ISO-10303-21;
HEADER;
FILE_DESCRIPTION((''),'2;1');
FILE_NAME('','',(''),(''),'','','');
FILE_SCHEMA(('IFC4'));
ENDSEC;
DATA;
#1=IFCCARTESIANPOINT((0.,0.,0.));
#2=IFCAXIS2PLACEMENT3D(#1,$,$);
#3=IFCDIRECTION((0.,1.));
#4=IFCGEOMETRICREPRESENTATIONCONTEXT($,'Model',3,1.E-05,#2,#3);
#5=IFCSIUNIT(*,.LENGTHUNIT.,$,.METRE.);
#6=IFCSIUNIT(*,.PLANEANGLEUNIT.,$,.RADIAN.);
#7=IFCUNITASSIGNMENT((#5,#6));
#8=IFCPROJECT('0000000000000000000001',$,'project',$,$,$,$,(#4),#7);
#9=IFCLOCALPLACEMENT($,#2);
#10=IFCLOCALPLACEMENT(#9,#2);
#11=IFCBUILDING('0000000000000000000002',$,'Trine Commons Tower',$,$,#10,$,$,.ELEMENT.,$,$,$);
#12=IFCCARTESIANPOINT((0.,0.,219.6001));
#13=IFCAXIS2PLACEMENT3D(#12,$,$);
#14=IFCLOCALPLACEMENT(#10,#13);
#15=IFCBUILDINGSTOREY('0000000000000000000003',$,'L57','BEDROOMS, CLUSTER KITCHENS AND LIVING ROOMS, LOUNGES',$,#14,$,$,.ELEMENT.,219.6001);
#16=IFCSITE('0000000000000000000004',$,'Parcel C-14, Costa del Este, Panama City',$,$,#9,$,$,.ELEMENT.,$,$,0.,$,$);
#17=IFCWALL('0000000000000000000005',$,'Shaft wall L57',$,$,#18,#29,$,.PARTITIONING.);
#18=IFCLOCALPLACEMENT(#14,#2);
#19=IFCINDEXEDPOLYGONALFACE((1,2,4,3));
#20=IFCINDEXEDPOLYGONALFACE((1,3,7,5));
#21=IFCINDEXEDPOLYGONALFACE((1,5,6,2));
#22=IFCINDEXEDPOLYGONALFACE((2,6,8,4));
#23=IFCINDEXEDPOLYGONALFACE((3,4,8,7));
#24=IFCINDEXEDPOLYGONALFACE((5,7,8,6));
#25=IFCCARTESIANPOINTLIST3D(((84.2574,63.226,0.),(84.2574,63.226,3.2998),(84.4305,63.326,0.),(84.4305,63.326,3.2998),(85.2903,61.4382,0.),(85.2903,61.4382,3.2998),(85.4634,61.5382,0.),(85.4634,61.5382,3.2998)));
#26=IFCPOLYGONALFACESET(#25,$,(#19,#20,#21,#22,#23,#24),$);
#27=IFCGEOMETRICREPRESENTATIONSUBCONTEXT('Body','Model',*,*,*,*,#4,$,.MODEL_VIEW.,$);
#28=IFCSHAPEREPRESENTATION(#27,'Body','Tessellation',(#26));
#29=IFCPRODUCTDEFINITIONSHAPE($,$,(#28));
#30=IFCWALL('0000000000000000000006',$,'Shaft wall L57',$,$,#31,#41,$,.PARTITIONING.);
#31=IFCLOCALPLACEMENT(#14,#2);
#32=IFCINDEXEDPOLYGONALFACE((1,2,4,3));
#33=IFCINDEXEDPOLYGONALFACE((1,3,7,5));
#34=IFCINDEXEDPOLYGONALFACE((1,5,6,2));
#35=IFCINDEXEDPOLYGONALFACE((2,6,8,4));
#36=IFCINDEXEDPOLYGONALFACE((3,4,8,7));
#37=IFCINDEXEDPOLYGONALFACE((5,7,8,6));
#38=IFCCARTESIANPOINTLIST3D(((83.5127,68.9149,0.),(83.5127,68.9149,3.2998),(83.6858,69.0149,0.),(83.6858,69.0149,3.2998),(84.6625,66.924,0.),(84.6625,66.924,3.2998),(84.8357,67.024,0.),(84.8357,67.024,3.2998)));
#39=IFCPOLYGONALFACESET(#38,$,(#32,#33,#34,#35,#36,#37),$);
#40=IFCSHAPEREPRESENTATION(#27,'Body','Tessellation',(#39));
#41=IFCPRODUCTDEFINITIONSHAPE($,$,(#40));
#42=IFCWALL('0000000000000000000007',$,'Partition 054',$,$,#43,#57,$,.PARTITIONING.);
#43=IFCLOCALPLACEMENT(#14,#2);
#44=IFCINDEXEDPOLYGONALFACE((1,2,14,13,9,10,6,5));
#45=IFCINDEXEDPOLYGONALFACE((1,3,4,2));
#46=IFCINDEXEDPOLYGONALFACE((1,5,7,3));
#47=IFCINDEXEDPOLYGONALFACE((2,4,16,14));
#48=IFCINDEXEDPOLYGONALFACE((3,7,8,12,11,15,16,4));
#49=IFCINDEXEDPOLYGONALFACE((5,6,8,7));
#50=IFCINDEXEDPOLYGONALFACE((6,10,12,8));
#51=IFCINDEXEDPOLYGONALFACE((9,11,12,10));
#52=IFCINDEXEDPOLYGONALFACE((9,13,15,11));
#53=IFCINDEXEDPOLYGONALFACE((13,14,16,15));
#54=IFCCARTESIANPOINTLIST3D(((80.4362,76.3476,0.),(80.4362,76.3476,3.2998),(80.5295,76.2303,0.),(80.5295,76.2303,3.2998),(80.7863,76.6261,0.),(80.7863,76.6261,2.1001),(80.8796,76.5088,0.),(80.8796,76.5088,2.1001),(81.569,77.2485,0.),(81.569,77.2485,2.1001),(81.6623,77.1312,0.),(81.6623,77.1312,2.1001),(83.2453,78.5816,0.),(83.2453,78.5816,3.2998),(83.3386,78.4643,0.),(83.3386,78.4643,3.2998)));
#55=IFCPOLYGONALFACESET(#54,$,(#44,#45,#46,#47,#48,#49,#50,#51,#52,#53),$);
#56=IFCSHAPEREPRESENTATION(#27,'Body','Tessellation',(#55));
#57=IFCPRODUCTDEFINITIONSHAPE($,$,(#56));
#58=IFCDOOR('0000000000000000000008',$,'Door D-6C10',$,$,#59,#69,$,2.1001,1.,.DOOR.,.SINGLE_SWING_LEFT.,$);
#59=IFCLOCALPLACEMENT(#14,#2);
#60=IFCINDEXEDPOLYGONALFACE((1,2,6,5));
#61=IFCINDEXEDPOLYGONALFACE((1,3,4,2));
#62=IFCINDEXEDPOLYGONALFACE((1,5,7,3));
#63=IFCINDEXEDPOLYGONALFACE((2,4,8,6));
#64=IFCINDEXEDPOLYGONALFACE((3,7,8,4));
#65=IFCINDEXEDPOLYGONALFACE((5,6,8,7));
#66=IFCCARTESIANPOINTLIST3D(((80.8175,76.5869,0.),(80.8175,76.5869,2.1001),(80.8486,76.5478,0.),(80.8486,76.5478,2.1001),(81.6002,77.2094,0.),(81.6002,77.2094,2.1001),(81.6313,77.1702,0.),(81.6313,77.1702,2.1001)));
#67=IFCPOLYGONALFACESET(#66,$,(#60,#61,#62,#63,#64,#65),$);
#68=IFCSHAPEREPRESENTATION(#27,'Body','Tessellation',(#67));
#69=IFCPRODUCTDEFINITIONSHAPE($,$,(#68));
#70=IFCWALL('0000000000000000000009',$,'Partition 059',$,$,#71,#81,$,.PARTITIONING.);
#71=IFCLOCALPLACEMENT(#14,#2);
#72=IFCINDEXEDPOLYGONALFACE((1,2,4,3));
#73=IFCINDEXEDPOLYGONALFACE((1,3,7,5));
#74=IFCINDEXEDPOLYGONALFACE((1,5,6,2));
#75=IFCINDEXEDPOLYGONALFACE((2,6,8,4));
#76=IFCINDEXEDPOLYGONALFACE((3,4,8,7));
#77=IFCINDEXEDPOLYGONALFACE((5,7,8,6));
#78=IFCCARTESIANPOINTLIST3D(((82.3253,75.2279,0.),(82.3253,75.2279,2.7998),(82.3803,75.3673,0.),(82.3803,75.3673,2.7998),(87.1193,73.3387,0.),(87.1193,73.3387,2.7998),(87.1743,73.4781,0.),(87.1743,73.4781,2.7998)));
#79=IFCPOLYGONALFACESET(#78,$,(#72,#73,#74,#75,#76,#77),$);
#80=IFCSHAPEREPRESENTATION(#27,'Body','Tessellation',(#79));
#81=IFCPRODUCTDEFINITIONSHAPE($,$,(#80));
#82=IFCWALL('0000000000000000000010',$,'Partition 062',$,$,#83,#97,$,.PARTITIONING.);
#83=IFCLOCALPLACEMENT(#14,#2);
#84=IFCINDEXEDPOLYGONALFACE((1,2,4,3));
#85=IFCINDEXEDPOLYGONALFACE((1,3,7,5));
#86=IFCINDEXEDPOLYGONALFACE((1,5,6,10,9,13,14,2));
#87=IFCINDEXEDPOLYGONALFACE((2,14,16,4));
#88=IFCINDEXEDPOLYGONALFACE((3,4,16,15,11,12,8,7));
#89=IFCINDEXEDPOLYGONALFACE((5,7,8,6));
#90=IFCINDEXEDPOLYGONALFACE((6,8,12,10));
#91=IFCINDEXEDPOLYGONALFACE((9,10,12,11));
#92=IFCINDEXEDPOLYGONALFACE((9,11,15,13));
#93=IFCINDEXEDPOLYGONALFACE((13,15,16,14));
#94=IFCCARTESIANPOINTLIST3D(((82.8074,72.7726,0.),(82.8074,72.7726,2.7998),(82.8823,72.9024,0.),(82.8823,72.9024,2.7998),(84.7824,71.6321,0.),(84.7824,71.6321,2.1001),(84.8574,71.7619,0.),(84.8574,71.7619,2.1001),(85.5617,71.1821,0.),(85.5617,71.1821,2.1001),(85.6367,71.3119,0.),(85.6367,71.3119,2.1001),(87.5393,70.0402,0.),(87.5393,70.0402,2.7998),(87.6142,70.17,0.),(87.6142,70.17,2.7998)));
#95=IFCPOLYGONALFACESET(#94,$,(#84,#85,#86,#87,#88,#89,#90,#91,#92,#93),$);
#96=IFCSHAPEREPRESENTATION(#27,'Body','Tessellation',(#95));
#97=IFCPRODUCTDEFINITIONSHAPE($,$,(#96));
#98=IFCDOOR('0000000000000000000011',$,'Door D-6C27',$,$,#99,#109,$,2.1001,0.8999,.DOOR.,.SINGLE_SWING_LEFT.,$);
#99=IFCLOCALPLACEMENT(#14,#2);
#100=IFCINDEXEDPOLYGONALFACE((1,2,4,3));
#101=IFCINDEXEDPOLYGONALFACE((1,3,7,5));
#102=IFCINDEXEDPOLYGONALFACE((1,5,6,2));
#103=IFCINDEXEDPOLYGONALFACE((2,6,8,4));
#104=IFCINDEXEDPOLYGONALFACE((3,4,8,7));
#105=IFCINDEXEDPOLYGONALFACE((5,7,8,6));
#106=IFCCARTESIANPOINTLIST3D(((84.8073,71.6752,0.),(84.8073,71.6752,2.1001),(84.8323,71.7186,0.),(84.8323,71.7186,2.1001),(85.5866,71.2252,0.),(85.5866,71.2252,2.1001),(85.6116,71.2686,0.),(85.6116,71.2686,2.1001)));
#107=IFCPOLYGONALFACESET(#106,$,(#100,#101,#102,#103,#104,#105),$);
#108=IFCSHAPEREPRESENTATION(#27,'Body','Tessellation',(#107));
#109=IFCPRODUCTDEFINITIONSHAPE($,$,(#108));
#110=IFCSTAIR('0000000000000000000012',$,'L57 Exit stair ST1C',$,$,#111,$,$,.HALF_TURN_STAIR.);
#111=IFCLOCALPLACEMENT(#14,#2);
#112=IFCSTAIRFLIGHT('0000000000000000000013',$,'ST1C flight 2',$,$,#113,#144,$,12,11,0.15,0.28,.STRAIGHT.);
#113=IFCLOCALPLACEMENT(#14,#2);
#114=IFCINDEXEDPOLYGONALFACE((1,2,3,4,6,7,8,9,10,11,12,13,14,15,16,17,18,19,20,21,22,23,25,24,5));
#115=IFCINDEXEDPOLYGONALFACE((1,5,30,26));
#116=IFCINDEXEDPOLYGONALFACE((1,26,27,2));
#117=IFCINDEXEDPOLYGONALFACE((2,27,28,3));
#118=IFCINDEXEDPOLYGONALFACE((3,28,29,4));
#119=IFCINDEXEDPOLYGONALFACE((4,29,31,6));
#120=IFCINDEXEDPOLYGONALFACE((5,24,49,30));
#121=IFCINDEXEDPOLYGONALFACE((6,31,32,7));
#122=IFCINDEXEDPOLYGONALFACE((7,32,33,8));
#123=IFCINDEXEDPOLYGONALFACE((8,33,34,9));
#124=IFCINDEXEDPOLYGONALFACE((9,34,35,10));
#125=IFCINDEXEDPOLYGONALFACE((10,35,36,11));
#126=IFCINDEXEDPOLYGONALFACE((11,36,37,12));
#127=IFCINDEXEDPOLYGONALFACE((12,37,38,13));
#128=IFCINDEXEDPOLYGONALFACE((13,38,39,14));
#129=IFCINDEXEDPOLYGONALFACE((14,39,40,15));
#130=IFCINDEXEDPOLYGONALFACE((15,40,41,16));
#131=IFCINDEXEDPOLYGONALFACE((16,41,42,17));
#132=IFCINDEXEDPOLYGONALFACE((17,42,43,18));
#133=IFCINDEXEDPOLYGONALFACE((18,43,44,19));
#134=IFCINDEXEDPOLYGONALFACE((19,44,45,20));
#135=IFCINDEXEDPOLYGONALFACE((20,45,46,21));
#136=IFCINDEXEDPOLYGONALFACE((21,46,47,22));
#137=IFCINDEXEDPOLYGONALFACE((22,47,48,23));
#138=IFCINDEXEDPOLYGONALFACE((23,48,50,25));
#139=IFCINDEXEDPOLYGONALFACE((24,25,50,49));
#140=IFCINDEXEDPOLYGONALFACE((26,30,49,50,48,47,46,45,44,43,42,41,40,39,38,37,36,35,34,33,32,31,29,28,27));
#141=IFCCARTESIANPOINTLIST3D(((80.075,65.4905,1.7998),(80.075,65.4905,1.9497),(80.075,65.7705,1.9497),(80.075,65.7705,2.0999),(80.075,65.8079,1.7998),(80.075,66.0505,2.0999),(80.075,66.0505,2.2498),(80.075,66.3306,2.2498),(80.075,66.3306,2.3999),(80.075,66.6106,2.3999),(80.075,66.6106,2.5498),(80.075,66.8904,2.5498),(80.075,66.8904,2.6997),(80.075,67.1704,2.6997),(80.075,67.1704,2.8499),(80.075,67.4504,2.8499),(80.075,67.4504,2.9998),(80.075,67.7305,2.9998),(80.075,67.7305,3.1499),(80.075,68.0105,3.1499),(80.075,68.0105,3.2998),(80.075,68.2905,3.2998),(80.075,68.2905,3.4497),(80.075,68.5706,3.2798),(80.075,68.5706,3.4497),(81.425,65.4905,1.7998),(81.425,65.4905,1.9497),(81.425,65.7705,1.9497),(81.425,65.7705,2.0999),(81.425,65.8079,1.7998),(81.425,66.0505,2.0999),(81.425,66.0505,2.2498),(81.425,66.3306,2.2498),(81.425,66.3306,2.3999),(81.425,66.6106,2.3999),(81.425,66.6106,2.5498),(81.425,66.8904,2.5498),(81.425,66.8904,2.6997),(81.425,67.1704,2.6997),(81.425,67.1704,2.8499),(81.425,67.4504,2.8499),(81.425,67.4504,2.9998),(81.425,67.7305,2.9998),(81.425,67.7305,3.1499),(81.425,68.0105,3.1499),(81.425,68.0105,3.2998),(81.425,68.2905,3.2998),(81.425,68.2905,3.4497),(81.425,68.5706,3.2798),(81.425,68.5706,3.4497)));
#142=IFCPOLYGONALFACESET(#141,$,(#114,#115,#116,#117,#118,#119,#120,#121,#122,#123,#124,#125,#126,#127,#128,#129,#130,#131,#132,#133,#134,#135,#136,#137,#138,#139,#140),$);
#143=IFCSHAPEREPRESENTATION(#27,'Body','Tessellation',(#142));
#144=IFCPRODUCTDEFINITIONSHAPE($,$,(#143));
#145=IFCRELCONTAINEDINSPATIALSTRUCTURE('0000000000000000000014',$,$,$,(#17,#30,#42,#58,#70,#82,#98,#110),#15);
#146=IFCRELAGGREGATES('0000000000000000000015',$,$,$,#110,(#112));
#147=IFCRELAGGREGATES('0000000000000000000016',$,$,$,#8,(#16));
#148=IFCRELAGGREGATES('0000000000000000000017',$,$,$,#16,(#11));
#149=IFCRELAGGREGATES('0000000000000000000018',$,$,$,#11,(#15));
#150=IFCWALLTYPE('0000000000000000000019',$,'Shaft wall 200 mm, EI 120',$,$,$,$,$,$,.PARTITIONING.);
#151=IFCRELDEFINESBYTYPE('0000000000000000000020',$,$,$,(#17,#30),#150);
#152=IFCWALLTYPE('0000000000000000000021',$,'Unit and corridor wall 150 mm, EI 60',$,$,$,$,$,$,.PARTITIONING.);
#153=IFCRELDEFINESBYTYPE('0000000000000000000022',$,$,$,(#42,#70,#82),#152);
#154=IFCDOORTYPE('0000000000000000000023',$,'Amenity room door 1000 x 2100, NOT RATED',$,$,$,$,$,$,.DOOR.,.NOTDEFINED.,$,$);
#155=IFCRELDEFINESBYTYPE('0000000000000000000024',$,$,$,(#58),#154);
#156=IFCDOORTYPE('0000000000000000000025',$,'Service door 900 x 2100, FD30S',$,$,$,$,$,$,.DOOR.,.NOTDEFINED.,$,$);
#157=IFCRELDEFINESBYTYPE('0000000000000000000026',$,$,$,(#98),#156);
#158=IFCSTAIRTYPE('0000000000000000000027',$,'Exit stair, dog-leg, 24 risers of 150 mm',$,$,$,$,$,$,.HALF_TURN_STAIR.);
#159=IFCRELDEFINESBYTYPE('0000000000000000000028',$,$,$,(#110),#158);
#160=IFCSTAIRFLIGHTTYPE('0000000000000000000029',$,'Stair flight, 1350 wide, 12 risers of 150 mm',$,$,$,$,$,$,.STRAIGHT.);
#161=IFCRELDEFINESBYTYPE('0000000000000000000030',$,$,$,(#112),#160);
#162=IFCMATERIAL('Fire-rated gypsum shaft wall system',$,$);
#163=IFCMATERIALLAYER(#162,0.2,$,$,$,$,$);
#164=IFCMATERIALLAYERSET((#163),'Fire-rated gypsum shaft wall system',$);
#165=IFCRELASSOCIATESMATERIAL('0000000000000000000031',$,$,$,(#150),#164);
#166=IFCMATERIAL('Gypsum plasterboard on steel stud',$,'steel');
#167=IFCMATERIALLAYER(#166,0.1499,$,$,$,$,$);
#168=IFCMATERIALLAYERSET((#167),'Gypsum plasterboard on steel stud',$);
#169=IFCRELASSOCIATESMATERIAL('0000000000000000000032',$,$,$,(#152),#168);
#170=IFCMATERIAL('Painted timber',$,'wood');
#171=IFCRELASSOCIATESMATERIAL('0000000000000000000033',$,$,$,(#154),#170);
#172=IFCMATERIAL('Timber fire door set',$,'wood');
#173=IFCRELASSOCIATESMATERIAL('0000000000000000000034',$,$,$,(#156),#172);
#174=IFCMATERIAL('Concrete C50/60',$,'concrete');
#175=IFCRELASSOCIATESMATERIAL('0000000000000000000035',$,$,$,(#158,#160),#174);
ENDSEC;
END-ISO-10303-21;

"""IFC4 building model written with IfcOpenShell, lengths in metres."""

from ifc_helpers import new_model, si_unit, direction, frame, frame_2d, origin, place, context, subcontext, project, spatial, polyline, rectangle, outline, extrude, material, layer, layer_set, type_object, element, fill, aggregate, save


model = new_model("IFC4")

# Units and contexts
model_context = context("Model", 3, precision=1e-05, world=origin(), true_north=direction((0.0, 1.0)))
body_context = subcontext(model_context, "Body", "Model", "MODEL_VIEW")
ifc_project = project(units=[si_unit("LENGTHUNIT", "METRE"), si_unit("PLANEANGLEUNIT", "RADIAN")], contexts=[model_context])

# Site, building, storey
site_placement = place(None, origin())
site = spatial("IfcSite", under=ifc_project, at=site_placement, Name="Parcel C-14, Costa del Este, Panama City", CompositionType="ELEMENT", RefElevation=0.0)
building_placement = place(site_placement, origin())
building = spatial("IfcBuilding", under=site, at=building_placement, Name="Trine Commons Tower", CompositionType="ELEMENT")
storey_placement = place(building_placement, frame((0.0, 0.0, 219.6001)))
storey = spatial("IfcBuildingStorey", under=building, at=storey_placement, Name="L57", Description="BEDROOMS, CLUSTER KITCHENS AND LIVING ROOMS, LOUNGES", CompositionType="ELEMENT", Elevation=219.6001)

# Shared definitions
ifc_material_1 = material(Name="Fire-rated gypsum shaft wall system")

# Walls
ifc_layer_1 = layer(ifc_material_1, 0.2)
ifc_layer_set_1 = layer_set([ifc_layer_1], Name="Fire-rated gypsum shaft wall system")
wall_type_1 = type_object("IfcWallType", Name="Shaft wall 200 mm, EI 120", PredefinedType="PARTITIONING", material=ifc_layer_set_1)
wall_1_placement = place(storey_placement, frame((84.344, 63.2759, 0.0), z_axis=(0.0, 0.0, 1.0), x_axis=(0.500272, -0.865868, 0.0)))
element("IfcWall", 1, at=wall_1_placement, inside=storey, type_object=wall_type_1, Name="Shaft wall L57", PredefinedType="PARTITIONING", context=body_context, shape_type="SweptSolid", body=[
    extrude(rectangle(XDim=2.0647, YDim=0.2, at=frame_2d((1.0322, 0.0))), origin(), (0.0, 0.0, 1.0), 3.2998),
])
wall_2_placement = place(storey_placement, frame((84.749, 66.9741, 0.0), z_axis=(0.0, 0.0, 1.0), x_axis=(-0.500136, 0.865947, 0.0)))
element("IfcWall", 2, at=wall_2_placement, inside=storey, type_object=wall_type_1, Name="Shaft wall L57", PredefinedType="PARTITIONING", context=body_context, shape_type="SweptSolid", body=[
    extrude(rectangle(XDim=2.2991, YDim=0.2, at=frame_2d((1.1494, 0.0))), origin(), (0.0, 0.0, 1.0), 3.2998),
])

# Wall, opening, door
ifc_material_2 = material(Name="Gypsum plasterboard on steel stud", Category="steel")
ifc_layer_2 = layer(ifc_material_2, 0.1499)
ifc_layer_set_2 = layer_set([ifc_layer_2], Name="Gypsum plasterboard on steel stud")
wall_type_2 = type_object("IfcWallType", Name="Unit and corridor wall 150 mm, EI 60", PredefinedType="PARTITIONING", material=ifc_layer_set_2)
wall_3_placement = place(storey_placement, frame((80.4829, 76.2891, 0.0), z_axis=(0.0, 0.0, 1.0), x_axis=(0.782684, 0.622419, 0.0)))
wall_3 = element("IfcWall", 3, at=wall_3_placement, inside=storey, type_object=wall_type_2, Name="Partition 054", PredefinedType="PARTITIONING", context=body_context, shape_type="SweptSolid", body=[
    extrude(rectangle(XDim=3.5891, YDim=0.1499, at=frame_2d((1.7944, 0.0))), origin(), (0.0, 0.0, 1.0), 3.2998),
])
opening_1_placement = place(wall_3_placement, frame((0.4473, 0.0, 0.0)))
opening_1 = element("IfcOpeningElement", 4, at=opening_1_placement, cuts=wall_3, PredefinedType="OPENING", context=body_context, shape_type="SweptSolid", body=[
    extrude(rectangle(XDim=1.0, YDim=2.1001, at=frame_2d((0.5, 1.05))), frame((0.0, 0.085, 0.0), z_axis=(0.0, -1.0, 0.0), x_axis=(1.0, 0.0, 0.0)), (0.0, 0.0, 1.0), 0.1699),
])
ifc_material_3 = material(Name="Painted timber", Category="wood")
door_type_1 = type_object("IfcDoorType", Name="Amenity room door 1000 x 2100, NOT RATED", OperationType="NOTDEFINED", PredefinedType="DOOR", material=ifc_material_3)
door_1_placement = place(opening_1_placement, origin())
door_1 = element("IfcDoor", 5, at=door_1_placement, inside=storey, type_object=door_type_1, Name="Door D-6C10", OperationType="SINGLE_SWING_LEFT", OverallHeight=2.1001, OverallWidth=1.0, PredefinedType="DOOR", context=body_context, shape_type="SweptSolid", body=[
    extrude(rectangle(XDim=1.0, YDim=2.1001, at=frame_2d((0.5, 1.05))), frame((0.0, 0.0249, 0.0), z_axis=(0.0, -1.0, 0.0), x_axis=(1.0, 0.0, 0.0)), (0.0, 0.0, 1.0), 0.05),
])
fill(opening_1, door_1)

# Wall
wall_4_placement = place(storey_placement, frame((82.3528, 75.2976, 0.0), z_axis=(0.0, 0.0, 1.0), x_axis=(0.930366, -0.366631, 0.0)))
element("IfcWall", 6, at=wall_4_placement, inside=storey, type_object=wall_type_2, Name="Partition 059", PredefinedType="PARTITIONING", context=body_context, shape_type="SweptSolid", body=[
    extrude(rectangle(XDim=5.1528, YDim=0.1499, at=frame_2d((2.5764, 0.0))), origin(), (0.0, 0.0, 1.0), 2.7998),
])

# Wall, opening, door
wall_5_placement = place(storey_placement, frame((82.845, 72.8374, 0.0), z_axis=(0.0, 0.0, 1.0), x_axis=(0.865991, -0.50006, 0.0)))
wall_5 = element("IfcWall", 7, at=wall_5_placement, inside=storey, type_object=wall_type_2, Name="Partition 062", PredefinedType="PARTITIONING", context=body_context, shape_type="SweptSolid", body=[
    extrude(rectangle(XDim=5.4641, YDim=0.1499, at=frame_2d((2.7319, 0.0))), origin(), (0.0, 0.0, 1.0), 2.7998),
])
opening_2_placement = place(wall_5_placement, frame((2.2805, 0.0, 0.0)))
opening_2 = element("IfcOpeningElement", 8, at=opening_2_placement, cuts=wall_5, PredefinedType="OPENING", context=body_context, shape_type="SweptSolid", body=[
    extrude(rectangle(XDim=0.8999, YDim=2.1001, at=frame_2d((0.45, 1.05))), frame((0.0, 0.085, 0.0), z_axis=(0.0, -1.0, 0.0), x_axis=(1.0, 0.0, 0.0)), (0.0, 0.0, 1.0), 0.1699),
])
ifc_material_4 = material(Name="Timber fire door set", Category="wood")
door_type_2 = type_object("IfcDoorType", Name="Service door 900 x 2100, FD30S", OperationType="NOTDEFINED", PredefinedType="DOOR", material=ifc_material_4)
door_2_placement = place(opening_2_placement, origin())
door_2 = element("IfcDoor", 9, at=door_2_placement, inside=storey, type_object=door_type_2, Name="Door D-6C27", OperationType="SINGLE_SWING_LEFT", OverallHeight=2.1001, OverallWidth=0.8999, PredefinedType="DOOR", context=body_context, shape_type="SweptSolid", body=[
    extrude(rectangle(XDim=0.8999, YDim=2.1001, at=frame_2d((0.45, 1.05))), frame((0.0, 0.0249, 0.0), z_axis=(0.0, -1.0, 0.0), x_axis=(1.0, 0.0, 0.0)), (0.0, 0.0, 1.0), 0.05),
])
fill(opening_2, door_2)

# Stair, stair flight
ifc_material_5 = material(Name="Concrete C50/60", Category="concrete")
stair_type = type_object("IfcStairType", Name="Exit stair, dog-leg, 24 risers of 150 mm", PredefinedType="HALF_TURN_STAIR", material=ifc_material_5)
stair_placement = place(storey_placement, origin())
stair = element("IfcStair", 10, at=stair_placement, inside=storey, type_object=stair_type, Name="L57 Exit stair ST1C", PredefinedType="HALF_TURN_STAIR")
stair_flight_type = type_object("IfcStairFlightType", Name="Stair flight, 1350 wide, 12 risers of 150 mm", PredefinedType="STRAIGHT", material=ifc_material_5)
stair_flight_placement = place(storey_placement, frame((80.75, 65.4905, 1.7998), z_axis=(0.0, 0.0, 1.0), x_axis=(0.0, 1.0, 0.0)))
stair_flight = element("IfcStairFlight", 11, at=stair_flight_placement, type_object=stair_flight_type, Name="ST1C flight 2", NumberOfRisers=12, NumberOfTreads=11, PredefinedType="STRAIGHT", RiserHeight=0.15, TreadLength=0.28, context=body_context, shape_type="SweptSolid", body=[
    extrude(outline(polyline([(0.0, 0.0), (0.0, 0.1499), (0.28, 0.1499), (0.28, 0.3), (0.5601, 0.3), (0.5601, 0.45), (0.8401, 0.45), (0.8401, 0.6001), (1.1201, 0.6001), (1.1201, 0.75), (1.3999, 0.75), (1.3999, 0.8999), (1.6799, 0.8999), (1.6799, 1.05), (1.96, 1.05), (1.96, 1.2), (2.24, 1.2), (2.24, 1.3501), (2.52, 1.3501), (2.52, 1.5), (2.8, 1.5), (2.8, 1.6499), (3.0801, 1.6499), (3.0801, 1.8), (3.0801, 1.48), (0.3174, 0.0), (0.0, 0.0)])), frame((0.0, 0.675, 0.0), z_axis=(0.0, -1.0, 0.0), x_axis=(1.0, 0.0, 0.0)), (0.0, 0.0, 1.0), 1.3501),
])
aggregate(stair, [stair_flight])

save(model, "model.ifc")
